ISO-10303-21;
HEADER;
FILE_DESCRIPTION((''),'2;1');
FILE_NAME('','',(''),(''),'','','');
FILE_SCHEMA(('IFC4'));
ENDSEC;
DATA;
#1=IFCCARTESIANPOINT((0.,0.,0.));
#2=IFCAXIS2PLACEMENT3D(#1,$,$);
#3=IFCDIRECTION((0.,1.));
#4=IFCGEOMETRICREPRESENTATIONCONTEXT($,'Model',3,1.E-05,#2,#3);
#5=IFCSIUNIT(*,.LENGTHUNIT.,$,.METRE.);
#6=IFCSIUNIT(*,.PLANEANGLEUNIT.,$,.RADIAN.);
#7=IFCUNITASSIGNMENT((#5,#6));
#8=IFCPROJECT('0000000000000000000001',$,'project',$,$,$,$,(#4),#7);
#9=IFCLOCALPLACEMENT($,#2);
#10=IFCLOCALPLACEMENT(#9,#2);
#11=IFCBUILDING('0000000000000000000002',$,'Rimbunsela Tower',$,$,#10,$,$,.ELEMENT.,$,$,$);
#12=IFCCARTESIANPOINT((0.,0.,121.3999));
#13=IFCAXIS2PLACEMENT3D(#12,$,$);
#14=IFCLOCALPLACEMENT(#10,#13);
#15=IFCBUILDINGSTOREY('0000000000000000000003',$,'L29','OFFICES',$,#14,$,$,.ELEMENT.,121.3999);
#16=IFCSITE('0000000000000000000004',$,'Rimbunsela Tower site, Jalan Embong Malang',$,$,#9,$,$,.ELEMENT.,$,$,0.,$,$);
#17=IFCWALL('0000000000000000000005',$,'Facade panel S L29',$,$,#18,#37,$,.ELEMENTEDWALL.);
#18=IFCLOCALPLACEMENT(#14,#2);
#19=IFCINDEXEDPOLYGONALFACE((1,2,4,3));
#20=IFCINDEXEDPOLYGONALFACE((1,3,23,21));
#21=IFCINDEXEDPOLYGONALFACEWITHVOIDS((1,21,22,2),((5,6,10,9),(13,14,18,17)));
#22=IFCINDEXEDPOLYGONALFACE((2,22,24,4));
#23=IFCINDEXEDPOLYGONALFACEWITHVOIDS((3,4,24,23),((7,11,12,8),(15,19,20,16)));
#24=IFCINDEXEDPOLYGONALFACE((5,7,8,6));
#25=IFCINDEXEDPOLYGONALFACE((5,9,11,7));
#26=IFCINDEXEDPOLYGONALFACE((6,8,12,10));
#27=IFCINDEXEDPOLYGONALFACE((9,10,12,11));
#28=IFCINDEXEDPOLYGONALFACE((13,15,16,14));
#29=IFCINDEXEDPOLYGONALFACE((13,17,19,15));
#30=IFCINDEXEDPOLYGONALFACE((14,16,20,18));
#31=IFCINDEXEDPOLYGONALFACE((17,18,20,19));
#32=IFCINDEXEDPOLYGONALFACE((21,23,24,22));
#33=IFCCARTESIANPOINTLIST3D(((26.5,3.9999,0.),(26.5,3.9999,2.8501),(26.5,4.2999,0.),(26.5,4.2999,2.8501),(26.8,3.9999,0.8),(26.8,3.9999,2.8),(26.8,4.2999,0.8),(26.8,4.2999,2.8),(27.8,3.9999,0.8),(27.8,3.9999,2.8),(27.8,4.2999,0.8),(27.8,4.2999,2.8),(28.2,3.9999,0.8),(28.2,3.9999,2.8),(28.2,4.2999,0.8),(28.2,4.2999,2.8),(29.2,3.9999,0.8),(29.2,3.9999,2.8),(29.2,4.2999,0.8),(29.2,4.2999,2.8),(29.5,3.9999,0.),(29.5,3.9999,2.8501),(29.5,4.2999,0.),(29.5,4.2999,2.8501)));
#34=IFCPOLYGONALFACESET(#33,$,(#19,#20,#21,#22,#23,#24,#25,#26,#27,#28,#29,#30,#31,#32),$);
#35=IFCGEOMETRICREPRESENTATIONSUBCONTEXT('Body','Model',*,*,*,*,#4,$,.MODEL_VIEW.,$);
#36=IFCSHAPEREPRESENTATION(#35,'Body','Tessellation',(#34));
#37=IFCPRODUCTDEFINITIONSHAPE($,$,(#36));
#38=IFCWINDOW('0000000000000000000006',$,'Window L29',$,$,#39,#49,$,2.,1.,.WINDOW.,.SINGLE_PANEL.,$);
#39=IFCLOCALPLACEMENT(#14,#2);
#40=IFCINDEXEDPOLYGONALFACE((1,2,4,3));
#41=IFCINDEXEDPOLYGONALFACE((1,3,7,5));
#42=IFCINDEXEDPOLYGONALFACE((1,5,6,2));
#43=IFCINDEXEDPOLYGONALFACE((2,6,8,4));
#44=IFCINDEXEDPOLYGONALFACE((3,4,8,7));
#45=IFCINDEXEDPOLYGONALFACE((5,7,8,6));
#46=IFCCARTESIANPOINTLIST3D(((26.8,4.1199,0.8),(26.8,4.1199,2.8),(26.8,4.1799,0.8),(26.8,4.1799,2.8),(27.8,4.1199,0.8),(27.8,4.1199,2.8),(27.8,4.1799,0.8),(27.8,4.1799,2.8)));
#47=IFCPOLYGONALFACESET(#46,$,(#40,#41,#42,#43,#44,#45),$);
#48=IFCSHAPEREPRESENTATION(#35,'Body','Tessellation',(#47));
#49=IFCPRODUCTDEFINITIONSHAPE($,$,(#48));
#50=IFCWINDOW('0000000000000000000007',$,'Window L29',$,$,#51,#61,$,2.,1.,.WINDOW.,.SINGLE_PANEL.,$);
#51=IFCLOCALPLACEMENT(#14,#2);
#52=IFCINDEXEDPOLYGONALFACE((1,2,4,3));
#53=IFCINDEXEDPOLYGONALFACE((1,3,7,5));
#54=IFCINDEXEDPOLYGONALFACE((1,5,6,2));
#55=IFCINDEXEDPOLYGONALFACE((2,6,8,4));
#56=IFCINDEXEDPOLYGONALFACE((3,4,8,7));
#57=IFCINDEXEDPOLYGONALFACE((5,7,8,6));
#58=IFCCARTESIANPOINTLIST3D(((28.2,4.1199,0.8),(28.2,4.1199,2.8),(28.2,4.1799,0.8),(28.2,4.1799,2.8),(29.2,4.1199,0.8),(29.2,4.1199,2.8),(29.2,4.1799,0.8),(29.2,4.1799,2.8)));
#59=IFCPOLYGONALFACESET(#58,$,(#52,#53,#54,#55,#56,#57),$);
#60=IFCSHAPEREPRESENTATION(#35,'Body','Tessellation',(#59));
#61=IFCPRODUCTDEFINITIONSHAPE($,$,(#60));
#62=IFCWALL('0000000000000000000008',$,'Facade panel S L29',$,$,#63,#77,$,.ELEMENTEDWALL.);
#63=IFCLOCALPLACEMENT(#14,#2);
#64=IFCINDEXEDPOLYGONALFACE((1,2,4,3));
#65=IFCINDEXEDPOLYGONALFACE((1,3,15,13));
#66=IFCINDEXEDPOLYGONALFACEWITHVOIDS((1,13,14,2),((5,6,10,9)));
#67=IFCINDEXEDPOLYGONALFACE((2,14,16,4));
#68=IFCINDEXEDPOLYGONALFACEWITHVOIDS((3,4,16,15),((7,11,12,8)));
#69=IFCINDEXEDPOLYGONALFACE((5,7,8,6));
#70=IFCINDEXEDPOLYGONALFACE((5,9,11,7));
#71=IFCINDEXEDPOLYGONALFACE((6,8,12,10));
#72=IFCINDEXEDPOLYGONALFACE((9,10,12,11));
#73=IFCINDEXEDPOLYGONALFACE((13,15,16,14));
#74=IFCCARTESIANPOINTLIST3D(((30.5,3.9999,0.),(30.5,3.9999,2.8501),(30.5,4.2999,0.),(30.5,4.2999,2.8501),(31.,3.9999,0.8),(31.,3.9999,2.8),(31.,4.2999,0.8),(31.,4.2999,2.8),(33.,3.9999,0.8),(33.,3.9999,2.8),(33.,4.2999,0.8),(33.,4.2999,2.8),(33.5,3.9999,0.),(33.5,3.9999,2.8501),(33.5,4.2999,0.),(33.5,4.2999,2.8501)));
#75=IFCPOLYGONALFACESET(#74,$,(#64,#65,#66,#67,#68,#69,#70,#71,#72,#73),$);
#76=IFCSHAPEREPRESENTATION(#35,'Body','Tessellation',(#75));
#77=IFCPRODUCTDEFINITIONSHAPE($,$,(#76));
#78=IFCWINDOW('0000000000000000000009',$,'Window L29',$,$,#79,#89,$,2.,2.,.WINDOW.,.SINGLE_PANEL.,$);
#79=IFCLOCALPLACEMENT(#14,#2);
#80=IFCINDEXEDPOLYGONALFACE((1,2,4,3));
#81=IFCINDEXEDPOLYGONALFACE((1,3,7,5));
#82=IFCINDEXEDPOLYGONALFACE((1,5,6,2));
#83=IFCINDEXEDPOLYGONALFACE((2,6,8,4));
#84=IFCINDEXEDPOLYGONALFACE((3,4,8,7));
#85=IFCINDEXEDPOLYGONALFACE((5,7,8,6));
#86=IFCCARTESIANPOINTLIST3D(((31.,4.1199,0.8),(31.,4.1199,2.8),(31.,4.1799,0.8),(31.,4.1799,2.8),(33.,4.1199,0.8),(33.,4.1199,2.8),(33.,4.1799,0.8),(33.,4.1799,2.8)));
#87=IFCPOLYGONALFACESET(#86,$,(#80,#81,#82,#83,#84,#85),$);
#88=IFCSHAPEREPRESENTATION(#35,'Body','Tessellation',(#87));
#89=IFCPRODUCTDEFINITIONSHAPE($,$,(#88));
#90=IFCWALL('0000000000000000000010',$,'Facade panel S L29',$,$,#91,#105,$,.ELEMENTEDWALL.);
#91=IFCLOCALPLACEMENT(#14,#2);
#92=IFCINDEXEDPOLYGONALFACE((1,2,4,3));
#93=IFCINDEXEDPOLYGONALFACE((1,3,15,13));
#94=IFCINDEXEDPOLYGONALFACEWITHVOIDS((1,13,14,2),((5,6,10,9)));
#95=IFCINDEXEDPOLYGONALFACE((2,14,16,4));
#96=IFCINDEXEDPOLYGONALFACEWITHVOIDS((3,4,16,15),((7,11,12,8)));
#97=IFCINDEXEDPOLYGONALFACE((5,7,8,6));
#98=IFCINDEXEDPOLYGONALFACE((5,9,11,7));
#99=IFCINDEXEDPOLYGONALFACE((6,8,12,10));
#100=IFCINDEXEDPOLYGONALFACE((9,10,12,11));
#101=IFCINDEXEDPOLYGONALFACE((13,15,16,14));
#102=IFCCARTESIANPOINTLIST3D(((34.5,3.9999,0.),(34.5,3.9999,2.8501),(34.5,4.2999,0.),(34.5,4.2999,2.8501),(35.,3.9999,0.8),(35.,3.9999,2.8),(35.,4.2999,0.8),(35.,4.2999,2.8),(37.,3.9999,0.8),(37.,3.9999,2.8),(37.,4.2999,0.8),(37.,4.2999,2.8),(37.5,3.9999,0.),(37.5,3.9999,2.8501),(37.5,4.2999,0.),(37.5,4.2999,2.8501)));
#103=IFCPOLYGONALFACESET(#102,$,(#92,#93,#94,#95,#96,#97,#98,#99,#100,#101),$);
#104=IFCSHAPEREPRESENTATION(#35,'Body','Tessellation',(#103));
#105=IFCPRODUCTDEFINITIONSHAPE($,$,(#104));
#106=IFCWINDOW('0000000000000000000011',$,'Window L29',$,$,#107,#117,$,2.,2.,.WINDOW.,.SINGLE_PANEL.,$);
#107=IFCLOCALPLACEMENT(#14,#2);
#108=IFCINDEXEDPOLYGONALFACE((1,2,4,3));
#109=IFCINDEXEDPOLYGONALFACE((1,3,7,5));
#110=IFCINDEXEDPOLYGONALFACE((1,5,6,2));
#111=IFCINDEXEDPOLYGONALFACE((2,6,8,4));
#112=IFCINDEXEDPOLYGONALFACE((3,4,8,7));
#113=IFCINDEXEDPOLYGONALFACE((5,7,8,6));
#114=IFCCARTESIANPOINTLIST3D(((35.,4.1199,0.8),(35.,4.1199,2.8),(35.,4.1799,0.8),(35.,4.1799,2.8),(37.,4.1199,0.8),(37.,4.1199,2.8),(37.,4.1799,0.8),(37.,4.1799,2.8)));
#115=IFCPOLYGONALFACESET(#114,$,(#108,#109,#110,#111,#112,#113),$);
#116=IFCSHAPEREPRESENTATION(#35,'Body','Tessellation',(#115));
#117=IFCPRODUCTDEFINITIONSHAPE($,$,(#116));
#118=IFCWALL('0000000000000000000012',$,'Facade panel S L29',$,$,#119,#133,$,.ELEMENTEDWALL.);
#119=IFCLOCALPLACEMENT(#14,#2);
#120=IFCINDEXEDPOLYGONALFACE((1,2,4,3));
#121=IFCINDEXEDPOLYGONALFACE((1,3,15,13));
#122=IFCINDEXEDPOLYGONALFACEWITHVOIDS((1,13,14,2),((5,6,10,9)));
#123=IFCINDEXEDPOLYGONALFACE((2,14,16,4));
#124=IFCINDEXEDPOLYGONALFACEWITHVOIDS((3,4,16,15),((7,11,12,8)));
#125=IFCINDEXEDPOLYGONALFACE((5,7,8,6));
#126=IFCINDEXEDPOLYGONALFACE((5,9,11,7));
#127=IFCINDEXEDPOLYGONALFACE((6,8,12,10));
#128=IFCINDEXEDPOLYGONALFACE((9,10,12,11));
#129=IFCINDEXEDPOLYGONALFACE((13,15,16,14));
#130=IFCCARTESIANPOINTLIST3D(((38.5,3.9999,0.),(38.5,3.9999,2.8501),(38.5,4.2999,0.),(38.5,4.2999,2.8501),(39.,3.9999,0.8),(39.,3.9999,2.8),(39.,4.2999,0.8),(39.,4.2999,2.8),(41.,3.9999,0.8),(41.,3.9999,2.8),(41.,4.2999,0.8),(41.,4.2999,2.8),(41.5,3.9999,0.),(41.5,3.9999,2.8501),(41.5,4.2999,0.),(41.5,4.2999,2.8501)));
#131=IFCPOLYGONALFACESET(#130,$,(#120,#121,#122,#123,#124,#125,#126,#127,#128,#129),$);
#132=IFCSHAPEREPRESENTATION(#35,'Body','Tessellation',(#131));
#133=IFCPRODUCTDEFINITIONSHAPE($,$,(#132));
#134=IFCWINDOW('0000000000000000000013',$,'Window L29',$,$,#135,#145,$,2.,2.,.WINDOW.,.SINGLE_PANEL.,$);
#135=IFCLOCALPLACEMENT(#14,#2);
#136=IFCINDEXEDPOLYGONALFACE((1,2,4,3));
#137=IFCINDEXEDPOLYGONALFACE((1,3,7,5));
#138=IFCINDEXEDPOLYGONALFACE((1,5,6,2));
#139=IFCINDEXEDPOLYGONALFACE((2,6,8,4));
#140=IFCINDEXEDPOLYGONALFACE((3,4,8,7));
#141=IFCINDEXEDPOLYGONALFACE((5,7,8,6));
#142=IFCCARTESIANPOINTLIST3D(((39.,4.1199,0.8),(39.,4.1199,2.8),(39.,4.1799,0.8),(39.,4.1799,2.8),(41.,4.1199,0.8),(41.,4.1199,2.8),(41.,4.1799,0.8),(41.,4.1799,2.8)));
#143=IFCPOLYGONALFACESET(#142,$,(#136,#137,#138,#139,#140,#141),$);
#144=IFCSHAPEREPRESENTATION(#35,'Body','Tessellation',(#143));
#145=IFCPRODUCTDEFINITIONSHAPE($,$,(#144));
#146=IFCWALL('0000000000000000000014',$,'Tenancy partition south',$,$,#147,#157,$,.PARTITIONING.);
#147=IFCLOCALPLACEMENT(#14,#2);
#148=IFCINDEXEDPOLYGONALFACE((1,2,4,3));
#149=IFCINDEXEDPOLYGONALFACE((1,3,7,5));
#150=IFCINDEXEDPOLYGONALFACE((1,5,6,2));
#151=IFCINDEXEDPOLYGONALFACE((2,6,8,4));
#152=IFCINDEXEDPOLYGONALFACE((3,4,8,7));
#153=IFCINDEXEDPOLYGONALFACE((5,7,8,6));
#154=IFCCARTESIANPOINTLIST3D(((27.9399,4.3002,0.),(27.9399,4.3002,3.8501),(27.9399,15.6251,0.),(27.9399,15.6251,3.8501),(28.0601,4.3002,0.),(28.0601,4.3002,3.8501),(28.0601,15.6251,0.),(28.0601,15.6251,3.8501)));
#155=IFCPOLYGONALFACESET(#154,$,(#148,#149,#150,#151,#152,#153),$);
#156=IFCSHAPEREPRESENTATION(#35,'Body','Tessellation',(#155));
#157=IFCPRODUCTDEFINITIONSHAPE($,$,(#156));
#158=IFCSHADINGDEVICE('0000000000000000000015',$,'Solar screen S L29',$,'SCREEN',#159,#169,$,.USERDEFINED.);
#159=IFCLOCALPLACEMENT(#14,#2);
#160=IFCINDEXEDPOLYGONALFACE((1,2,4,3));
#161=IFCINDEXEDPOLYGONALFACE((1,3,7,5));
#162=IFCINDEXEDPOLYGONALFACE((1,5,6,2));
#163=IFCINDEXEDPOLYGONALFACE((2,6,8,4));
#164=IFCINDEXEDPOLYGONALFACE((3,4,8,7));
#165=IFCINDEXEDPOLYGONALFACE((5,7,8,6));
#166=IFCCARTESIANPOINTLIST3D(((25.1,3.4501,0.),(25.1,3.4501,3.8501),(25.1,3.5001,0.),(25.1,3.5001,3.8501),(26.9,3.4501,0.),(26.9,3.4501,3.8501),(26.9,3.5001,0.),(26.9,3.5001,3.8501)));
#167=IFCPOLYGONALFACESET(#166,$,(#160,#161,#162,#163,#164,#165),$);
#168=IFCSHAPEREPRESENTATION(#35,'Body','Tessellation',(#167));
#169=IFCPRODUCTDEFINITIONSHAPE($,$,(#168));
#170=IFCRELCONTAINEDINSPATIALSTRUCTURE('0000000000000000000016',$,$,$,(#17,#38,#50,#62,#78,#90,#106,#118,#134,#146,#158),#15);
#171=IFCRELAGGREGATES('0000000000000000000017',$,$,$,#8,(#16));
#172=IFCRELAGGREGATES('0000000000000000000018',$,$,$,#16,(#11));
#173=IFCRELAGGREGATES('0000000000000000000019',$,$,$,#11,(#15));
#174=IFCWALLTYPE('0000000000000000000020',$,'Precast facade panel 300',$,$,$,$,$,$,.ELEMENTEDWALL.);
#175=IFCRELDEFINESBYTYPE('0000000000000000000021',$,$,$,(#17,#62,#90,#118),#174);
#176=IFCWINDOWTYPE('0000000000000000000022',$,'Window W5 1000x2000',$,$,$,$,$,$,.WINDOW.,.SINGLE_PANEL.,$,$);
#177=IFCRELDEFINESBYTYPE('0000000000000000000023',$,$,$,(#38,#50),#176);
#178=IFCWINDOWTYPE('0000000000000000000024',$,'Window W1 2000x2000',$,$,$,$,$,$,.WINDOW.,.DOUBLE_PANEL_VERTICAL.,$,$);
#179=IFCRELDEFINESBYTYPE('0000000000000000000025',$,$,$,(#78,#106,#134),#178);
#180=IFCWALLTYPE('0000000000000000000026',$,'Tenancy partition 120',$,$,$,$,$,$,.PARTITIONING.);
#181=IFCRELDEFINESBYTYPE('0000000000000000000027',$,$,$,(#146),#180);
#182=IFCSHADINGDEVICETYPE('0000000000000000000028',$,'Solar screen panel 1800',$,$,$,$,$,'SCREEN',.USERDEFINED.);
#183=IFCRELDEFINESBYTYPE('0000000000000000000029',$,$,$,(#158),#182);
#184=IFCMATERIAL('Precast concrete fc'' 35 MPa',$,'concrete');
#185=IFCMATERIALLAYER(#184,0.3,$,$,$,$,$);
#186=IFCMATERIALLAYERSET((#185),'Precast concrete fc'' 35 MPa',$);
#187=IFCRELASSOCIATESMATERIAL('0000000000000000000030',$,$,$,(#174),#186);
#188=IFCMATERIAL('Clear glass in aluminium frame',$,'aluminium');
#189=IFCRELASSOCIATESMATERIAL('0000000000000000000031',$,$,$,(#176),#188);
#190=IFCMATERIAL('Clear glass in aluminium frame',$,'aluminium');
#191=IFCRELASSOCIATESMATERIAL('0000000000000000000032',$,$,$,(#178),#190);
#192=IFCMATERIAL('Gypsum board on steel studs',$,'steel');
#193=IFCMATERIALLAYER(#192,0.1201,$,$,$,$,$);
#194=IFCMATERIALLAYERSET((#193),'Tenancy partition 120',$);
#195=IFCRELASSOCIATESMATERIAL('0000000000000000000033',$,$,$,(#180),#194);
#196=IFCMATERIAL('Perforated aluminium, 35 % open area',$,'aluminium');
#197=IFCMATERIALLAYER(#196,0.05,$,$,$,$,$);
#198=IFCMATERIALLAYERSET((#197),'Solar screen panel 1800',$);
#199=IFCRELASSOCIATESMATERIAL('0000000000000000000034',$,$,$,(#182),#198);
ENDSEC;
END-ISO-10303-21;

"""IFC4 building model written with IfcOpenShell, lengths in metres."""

from ifc_helpers import new_model, si_unit, direction, frame, frame_2d, origin, origin_2d, place, context, subcontext, project, spatial, rectangle, extrude, material, layer, layer_set, type_object, element, fill, save


model = new_model("IFC4")

# Units and contexts
model_context = context("Model", 3, precision=1e-05, world=origin(), true_north=direction((0.0, 1.0)))
body_context = subcontext(model_context, "Body", "Model", "MODEL_VIEW")
ifc_project = project(units=[si_unit("LENGTHUNIT", "METRE"), si_unit("PLANEANGLEUNIT", "RADIAN")], contexts=[model_context])

# Site, building, storey
site_placement = place(None, origin())
site = spatial("IfcSite", under=ifc_project, at=site_placement, Name="Rimbunsela Tower site, Jalan Embong Malang", CompositionType="ELEMENT", RefElevation=0.0)
building_placement = place(site_placement, origin())
building = spatial("IfcBuilding", under=site, at=building_placement, Name="Rimbunsela Tower", CompositionType="ELEMENT")
storey_placement = place(building_placement, frame((0.0, 0.0, 121.3999)))
storey = spatial("IfcBuildingStorey", under=building, at=storey_placement, Name="L29", Description="OFFICES", CompositionType="ELEMENT", Elevation=121.3999)

# Wall, openings, windows
ifc_material_1 = material(Name="Precast concrete fc' 35 MPa", Category="concrete")
ifc_layer_1 = layer(ifc_material_1, 0.3)
ifc_layer_set_1 = layer_set([ifc_layer_1], Name="Precast concrete fc' 35 MPa")
wall_type_1 = type_object("IfcWallType", Name="Precast facade panel 300", PredefinedType="ELEMENTEDWALL", material=ifc_layer_set_1)
wall_1_placement = place(storey_placement, frame((26.5, 4.1499, 0.0), z_axis=(0.0, 0.0, 1.0), x_axis=(1.0, 0.0, 0.0)))
wall_1 = element("IfcWall", 1, at=wall_1_placement, inside=storey, type_object=wall_type_1, Name="Facade panel S L29", PredefinedType="ELEMENTEDWALL", context=body_context, shape_type="SweptSolid", body=[
    extrude(rectangle(XDim=3.0, YDim=0.3, at=frame_2d((1.5, 0.0))), origin(), (0.0, 0.0, 1.0), 2.8501),
])
opening_1_placement = place(wall_1_placement, frame((0.3, 0.0, 0.8)))
opening_1 = element("IfcOpeningElement", 2, at=opening_1_placement, cuts=wall_1, PredefinedType="OPENING", context=body_context, shape_type="SweptSolid", body=[
    extrude(rectangle(XDim=1.0, YDim=2.0, at=frame_2d((0.5, 1.0))), frame((0.0, 0.1599, 0.0), z_axis=(0.0, -1.0, 0.0), x_axis=(1.0, 0.0, 0.0)), (0.0, 0.0, 1.0), 0.3201),
])
opening_2_placement = place(wall_1_placement, frame((1.7, 0.0, 0.8)))
opening_2 = element("IfcOpeningElement", 3, at=opening_2_placement, cuts=wall_1, PredefinedType="OPENING", context=body_context, shape_type="SweptSolid", body=[
    extrude(rectangle(XDim=1.0, YDim=2.0, at=frame_2d((0.5, 1.0))), frame((0.0, 0.1599, 0.0), z_axis=(0.0, -1.0, 0.0), x_axis=(1.0, 0.0, 0.0)), (0.0, 0.0, 1.0), 0.3201),
])
ifc_material_2 = material(Name="Clear glass in aluminium frame", Category="aluminium")
window_type_1 = type_object("IfcWindowType", Name="Window W5 1000x2000", PartitioningType="SINGLE_PANEL", PredefinedType="WINDOW", material=ifc_material_2)
window_1_placement = place(opening_1_placement, origin())
window_1 = element("IfcWindow", 4, at=window_1_placement, inside=storey, type_object=window_type_1, Name="Window L29", OverallHeight=2.0, OverallWidth=1.0, PartitioningType="SINGLE_PANEL", PredefinedType="WINDOW", context=body_context, shape_type="SweptSolid", body=[
    extrude(rectangle(XDim=1.0, YDim=2.0, at=frame_2d((0.5, 1.0))), frame((0.0, 0.03, 0.0), z_axis=(0.0, -1.0, 0.0), x_axis=(1.0, 0.0, 0.0)), (0.0, 0.0, 1.0), 0.0601),
])
fill(opening_1, window_1)
window_2_placement = place(opening_2_placement, origin())
window_2 = element("IfcWindow", 5, at=window_2_placement, inside=storey, type_object=window_type_1, Name="Window L29", OverallHeight=2.0, OverallWidth=1.0, PartitioningType="SINGLE_PANEL", PredefinedType="WINDOW", context=body_context, shape_type="SweptSolid", body=[
    extrude(rectangle(XDim=1.0, YDim=2.0, at=frame_2d((0.5, 1.0))), frame((0.0, 0.03, 0.0), z_axis=(0.0, -1.0, 0.0), x_axis=(1.0, 0.0, 0.0)), (0.0, 0.0, 1.0), 0.0601),
])
fill(opening_2, window_2)

# Walls, openings, windows
wall_2_placement = place(storey_placement, frame((30.5, 4.1499, 0.0), z_axis=(0.0, 0.0, 1.0), x_axis=(1.0, 0.0, 0.0)))
wall_2 = element("IfcWall", 6, at=wall_2_placement, inside=storey, type_object=wall_type_1, Name="Facade panel S L29", PredefinedType="ELEMENTEDWALL", context=body_context, shape_type="SweptSolid", body=[
    extrude(rectangle(XDim=3.0, YDim=0.3, at=frame_2d((1.5, 0.0))), origin(), (0.0, 0.0, 1.0), 2.8501),
])
opening_3_placement = place(wall_2_placement, frame((0.5, 0.0, 0.8)))
opening_3 = element("IfcOpeningElement", 7, at=opening_3_placement, cuts=wall_2, PredefinedType="OPENING", context=body_context, shape_type="SweptSolid", body=[
    extrude(rectangle(XDim=2.0, YDim=2.0, at=frame_2d((1.0, 1.0))), frame((0.0, 0.1599, 0.0), z_axis=(0.0, -1.0, 0.0), x_axis=(1.0, 0.0, 0.0)), (0.0, 0.0, 1.0), 0.3201),
])
ifc_material_3 = material(Name="Clear glass in aluminium frame", Category="aluminium")
window_type_2 = type_object("IfcWindowType", Name="Window W1 2000x2000", PartitioningType="DOUBLE_PANEL_VERTICAL", PredefinedType="WINDOW", material=ifc_material_3)
window_3_placement = place(opening_3_placement, origin())
window_3 = element("IfcWindow", 8, at=window_3_placement, inside=storey, type_object=window_type_2, Name="Window L29", OverallHeight=2.0, OverallWidth=2.0, PartitioningType="SINGLE_PANEL", PredefinedType="WINDOW", context=body_context, shape_type="SweptSolid", body=[
    extrude(rectangle(XDim=2.0, YDim=2.0, at=frame_2d((1.0, 1.0))), frame((0.0, 0.03, 0.0), z_axis=(0.0, -1.0, 0.0), x_axis=(1.0, 0.0, 0.0)), (0.0, 0.0, 1.0), 0.0601),
])
fill(opening_3, window_3)
wall_3_placement = place(storey_placement, frame((34.5, 4.1499, 0.0), z_axis=(0.0, 0.0, 1.0), x_axis=(1.0, 0.0, 0.0)))
wall_3 = element("IfcWall", 9, at=wall_3_placement, inside=storey, type_object=wall_type_1, Name="Facade panel S L29", PredefinedType="ELEMENTEDWALL", context=body_context, shape_type="SweptSolid", body=[
    extrude(rectangle(XDim=3.0, YDim=0.3, at=frame_2d((1.5, 0.0))), origin(), (0.0, 0.0, 1.0), 2.8501),
])
opening_4_placement = place(wall_3_placement, frame((0.5, 0.0, 0.8)))
opening_4 = element("IfcOpeningElement", 10, at=opening_4_placement, cuts=wall_3, PredefinedType="OPENING", context=body_context, shape_type="SweptSolid", body=[
    extrude(rectangle(XDim=2.0, YDim=2.0, at=frame_2d((1.0, 1.0))), frame((0.0, 0.1599, 0.0), z_axis=(0.0, -1.0, 0.0), x_axis=(1.0, 0.0, 0.0)), (0.0, 0.0, 1.0), 0.3201),
])
window_4_placement = place(opening_4_placement, origin())
window_4 = element("IfcWindow", 11, at=window_4_placement, inside=storey, type_object=window_type_2, Name="Window L29", OverallHeight=2.0, OverallWidth=2.0, PartitioningType="SINGLE_PANEL", PredefinedType="WINDOW", context=body_context, shape_type="SweptSolid", body=[
    extrude(rectangle(XDim=2.0, YDim=2.0, at=frame_2d((1.0, 1.0))), frame((0.0, 0.03, 0.0), z_axis=(0.0, -1.0, 0.0), x_axis=(1.0, 0.0, 0.0)), (0.0, 0.0, 1.0), 0.0601),
])
fill(opening_4, window_4)
wall_4_placement = place(storey_placement, frame((38.5, 4.1499, 0.0), z_axis=(0.0, 0.0, 1.0), x_axis=(1.0, 0.0, 0.0)))
wall_4 = element("IfcWall", 12, at=wall_4_placement, inside=storey, type_object=wall_type_1, Name="Facade panel S L29", PredefinedType="ELEMENTEDWALL", context=body_context, shape_type="SweptSolid", body=[
    extrude(rectangle(XDim=3.0, YDim=0.3, at=frame_2d((1.5, 0.0))), origin(), (0.0, 0.0, 1.0), 2.8501),
])
opening_5_placement = place(wall_4_placement, frame((0.5, 0.0, 0.8)))
opening_5 = element("IfcOpeningElement", 13, at=opening_5_placement, cuts=wall_4, PredefinedType="OPENING", context=body_context, shape_type="SweptSolid", body=[
    extrude(rectangle(XDim=2.0, YDim=2.0, at=frame_2d((1.0, 1.0))), frame((0.0, 0.1599, 0.0), z_axis=(0.0, -1.0, 0.0), x_axis=(1.0, 0.0, 0.0)), (0.0, 0.0, 1.0), 0.3201),
])
window_5_placement = place(opening_5_placement, origin())
window_5 = element("IfcWindow", 14, at=window_5_placement, inside=storey, type_object=window_type_2, Name="Window L29", OverallHeight=2.0, OverallWidth=2.0, PartitioningType="SINGLE_PANEL", PredefinedType="WINDOW", context=body_context, shape_type="SweptSolid", body=[
    extrude(rectangle(XDim=2.0, YDim=2.0, at=frame_2d((1.0, 1.0))), frame((0.0, 0.03, 0.0), z_axis=(0.0, -1.0, 0.0), x_axis=(1.0, 0.0, 0.0)), (0.0, 0.0, 1.0), 0.0601),
])
fill(opening_5, window_5)

# Wall
ifc_material_4 = material(Name="Gypsum board on steel studs", Category="steel")
ifc_layer_2 = layer(ifc_material_4, 0.1201)
ifc_layer_set_2 = layer_set([ifc_layer_2], Name="Tenancy partition 120")
wall_type_2 = type_object("IfcWallType", Name="Tenancy partition 120", PredefinedType="PARTITIONING", material=ifc_layer_set_2)
wall_5_placement = place(storey_placement, frame((28.0, 4.3, 0.0), z_axis=(0.0, 0.0, 1.0), x_axis=(0.0, 1.0, 0.0)))
element("IfcWall", 15, at=wall_5_placement, inside=storey, type_object=wall_type_2, Name="Tenancy partition south", PredefinedType="PARTITIONING", context=body_context, shape_type="SweptSolid", body=[
    extrude(rectangle(XDim=11.325, YDim=0.1201, at=frame_2d((5.6626, 0.0))), origin(), (0.0, 0.0, 1.0), 3.8501),
])

# Shading device
ifc_material_5 = material(Name="Perforated aluminium, 35 % open area", Category="aluminium")
ifc_layer_3 = layer(ifc_material_5, 0.05)
ifc_layer_set_3 = layer_set([ifc_layer_3], Name="Solar screen panel 1800")
shading_device_type = type_object("IfcShadingDeviceType", Name="Solar screen panel 1800", ElementType="SCREEN", PredefinedType="USERDEFINED", material=ifc_layer_set_3)
for number, where, z_axis, x_axis, name in (
    (16, (26.0, 3.4751, 0.0), (0.0, 0.0, 1.0), (1.0, 0.0, 0.0), "Solar screen S L29"),
):
    element("IfcShadingDevice", number, at=place(storey_placement, frame(where, z_axis=z_axis, x_axis=x_axis)), inside=storey, type_object=shading_device_type, Name=name, ObjectType="SCREEN", PredefinedType="USERDEFINED", context=body_context, shape_type="SweptSolid", body=[
        extrude(rectangle(XDim=1.8, YDim=0.05, at=origin_2d()), origin(), (0.0, 0.0, 1.0), 3.8501),
    ])

save(model, "model.ifc")
